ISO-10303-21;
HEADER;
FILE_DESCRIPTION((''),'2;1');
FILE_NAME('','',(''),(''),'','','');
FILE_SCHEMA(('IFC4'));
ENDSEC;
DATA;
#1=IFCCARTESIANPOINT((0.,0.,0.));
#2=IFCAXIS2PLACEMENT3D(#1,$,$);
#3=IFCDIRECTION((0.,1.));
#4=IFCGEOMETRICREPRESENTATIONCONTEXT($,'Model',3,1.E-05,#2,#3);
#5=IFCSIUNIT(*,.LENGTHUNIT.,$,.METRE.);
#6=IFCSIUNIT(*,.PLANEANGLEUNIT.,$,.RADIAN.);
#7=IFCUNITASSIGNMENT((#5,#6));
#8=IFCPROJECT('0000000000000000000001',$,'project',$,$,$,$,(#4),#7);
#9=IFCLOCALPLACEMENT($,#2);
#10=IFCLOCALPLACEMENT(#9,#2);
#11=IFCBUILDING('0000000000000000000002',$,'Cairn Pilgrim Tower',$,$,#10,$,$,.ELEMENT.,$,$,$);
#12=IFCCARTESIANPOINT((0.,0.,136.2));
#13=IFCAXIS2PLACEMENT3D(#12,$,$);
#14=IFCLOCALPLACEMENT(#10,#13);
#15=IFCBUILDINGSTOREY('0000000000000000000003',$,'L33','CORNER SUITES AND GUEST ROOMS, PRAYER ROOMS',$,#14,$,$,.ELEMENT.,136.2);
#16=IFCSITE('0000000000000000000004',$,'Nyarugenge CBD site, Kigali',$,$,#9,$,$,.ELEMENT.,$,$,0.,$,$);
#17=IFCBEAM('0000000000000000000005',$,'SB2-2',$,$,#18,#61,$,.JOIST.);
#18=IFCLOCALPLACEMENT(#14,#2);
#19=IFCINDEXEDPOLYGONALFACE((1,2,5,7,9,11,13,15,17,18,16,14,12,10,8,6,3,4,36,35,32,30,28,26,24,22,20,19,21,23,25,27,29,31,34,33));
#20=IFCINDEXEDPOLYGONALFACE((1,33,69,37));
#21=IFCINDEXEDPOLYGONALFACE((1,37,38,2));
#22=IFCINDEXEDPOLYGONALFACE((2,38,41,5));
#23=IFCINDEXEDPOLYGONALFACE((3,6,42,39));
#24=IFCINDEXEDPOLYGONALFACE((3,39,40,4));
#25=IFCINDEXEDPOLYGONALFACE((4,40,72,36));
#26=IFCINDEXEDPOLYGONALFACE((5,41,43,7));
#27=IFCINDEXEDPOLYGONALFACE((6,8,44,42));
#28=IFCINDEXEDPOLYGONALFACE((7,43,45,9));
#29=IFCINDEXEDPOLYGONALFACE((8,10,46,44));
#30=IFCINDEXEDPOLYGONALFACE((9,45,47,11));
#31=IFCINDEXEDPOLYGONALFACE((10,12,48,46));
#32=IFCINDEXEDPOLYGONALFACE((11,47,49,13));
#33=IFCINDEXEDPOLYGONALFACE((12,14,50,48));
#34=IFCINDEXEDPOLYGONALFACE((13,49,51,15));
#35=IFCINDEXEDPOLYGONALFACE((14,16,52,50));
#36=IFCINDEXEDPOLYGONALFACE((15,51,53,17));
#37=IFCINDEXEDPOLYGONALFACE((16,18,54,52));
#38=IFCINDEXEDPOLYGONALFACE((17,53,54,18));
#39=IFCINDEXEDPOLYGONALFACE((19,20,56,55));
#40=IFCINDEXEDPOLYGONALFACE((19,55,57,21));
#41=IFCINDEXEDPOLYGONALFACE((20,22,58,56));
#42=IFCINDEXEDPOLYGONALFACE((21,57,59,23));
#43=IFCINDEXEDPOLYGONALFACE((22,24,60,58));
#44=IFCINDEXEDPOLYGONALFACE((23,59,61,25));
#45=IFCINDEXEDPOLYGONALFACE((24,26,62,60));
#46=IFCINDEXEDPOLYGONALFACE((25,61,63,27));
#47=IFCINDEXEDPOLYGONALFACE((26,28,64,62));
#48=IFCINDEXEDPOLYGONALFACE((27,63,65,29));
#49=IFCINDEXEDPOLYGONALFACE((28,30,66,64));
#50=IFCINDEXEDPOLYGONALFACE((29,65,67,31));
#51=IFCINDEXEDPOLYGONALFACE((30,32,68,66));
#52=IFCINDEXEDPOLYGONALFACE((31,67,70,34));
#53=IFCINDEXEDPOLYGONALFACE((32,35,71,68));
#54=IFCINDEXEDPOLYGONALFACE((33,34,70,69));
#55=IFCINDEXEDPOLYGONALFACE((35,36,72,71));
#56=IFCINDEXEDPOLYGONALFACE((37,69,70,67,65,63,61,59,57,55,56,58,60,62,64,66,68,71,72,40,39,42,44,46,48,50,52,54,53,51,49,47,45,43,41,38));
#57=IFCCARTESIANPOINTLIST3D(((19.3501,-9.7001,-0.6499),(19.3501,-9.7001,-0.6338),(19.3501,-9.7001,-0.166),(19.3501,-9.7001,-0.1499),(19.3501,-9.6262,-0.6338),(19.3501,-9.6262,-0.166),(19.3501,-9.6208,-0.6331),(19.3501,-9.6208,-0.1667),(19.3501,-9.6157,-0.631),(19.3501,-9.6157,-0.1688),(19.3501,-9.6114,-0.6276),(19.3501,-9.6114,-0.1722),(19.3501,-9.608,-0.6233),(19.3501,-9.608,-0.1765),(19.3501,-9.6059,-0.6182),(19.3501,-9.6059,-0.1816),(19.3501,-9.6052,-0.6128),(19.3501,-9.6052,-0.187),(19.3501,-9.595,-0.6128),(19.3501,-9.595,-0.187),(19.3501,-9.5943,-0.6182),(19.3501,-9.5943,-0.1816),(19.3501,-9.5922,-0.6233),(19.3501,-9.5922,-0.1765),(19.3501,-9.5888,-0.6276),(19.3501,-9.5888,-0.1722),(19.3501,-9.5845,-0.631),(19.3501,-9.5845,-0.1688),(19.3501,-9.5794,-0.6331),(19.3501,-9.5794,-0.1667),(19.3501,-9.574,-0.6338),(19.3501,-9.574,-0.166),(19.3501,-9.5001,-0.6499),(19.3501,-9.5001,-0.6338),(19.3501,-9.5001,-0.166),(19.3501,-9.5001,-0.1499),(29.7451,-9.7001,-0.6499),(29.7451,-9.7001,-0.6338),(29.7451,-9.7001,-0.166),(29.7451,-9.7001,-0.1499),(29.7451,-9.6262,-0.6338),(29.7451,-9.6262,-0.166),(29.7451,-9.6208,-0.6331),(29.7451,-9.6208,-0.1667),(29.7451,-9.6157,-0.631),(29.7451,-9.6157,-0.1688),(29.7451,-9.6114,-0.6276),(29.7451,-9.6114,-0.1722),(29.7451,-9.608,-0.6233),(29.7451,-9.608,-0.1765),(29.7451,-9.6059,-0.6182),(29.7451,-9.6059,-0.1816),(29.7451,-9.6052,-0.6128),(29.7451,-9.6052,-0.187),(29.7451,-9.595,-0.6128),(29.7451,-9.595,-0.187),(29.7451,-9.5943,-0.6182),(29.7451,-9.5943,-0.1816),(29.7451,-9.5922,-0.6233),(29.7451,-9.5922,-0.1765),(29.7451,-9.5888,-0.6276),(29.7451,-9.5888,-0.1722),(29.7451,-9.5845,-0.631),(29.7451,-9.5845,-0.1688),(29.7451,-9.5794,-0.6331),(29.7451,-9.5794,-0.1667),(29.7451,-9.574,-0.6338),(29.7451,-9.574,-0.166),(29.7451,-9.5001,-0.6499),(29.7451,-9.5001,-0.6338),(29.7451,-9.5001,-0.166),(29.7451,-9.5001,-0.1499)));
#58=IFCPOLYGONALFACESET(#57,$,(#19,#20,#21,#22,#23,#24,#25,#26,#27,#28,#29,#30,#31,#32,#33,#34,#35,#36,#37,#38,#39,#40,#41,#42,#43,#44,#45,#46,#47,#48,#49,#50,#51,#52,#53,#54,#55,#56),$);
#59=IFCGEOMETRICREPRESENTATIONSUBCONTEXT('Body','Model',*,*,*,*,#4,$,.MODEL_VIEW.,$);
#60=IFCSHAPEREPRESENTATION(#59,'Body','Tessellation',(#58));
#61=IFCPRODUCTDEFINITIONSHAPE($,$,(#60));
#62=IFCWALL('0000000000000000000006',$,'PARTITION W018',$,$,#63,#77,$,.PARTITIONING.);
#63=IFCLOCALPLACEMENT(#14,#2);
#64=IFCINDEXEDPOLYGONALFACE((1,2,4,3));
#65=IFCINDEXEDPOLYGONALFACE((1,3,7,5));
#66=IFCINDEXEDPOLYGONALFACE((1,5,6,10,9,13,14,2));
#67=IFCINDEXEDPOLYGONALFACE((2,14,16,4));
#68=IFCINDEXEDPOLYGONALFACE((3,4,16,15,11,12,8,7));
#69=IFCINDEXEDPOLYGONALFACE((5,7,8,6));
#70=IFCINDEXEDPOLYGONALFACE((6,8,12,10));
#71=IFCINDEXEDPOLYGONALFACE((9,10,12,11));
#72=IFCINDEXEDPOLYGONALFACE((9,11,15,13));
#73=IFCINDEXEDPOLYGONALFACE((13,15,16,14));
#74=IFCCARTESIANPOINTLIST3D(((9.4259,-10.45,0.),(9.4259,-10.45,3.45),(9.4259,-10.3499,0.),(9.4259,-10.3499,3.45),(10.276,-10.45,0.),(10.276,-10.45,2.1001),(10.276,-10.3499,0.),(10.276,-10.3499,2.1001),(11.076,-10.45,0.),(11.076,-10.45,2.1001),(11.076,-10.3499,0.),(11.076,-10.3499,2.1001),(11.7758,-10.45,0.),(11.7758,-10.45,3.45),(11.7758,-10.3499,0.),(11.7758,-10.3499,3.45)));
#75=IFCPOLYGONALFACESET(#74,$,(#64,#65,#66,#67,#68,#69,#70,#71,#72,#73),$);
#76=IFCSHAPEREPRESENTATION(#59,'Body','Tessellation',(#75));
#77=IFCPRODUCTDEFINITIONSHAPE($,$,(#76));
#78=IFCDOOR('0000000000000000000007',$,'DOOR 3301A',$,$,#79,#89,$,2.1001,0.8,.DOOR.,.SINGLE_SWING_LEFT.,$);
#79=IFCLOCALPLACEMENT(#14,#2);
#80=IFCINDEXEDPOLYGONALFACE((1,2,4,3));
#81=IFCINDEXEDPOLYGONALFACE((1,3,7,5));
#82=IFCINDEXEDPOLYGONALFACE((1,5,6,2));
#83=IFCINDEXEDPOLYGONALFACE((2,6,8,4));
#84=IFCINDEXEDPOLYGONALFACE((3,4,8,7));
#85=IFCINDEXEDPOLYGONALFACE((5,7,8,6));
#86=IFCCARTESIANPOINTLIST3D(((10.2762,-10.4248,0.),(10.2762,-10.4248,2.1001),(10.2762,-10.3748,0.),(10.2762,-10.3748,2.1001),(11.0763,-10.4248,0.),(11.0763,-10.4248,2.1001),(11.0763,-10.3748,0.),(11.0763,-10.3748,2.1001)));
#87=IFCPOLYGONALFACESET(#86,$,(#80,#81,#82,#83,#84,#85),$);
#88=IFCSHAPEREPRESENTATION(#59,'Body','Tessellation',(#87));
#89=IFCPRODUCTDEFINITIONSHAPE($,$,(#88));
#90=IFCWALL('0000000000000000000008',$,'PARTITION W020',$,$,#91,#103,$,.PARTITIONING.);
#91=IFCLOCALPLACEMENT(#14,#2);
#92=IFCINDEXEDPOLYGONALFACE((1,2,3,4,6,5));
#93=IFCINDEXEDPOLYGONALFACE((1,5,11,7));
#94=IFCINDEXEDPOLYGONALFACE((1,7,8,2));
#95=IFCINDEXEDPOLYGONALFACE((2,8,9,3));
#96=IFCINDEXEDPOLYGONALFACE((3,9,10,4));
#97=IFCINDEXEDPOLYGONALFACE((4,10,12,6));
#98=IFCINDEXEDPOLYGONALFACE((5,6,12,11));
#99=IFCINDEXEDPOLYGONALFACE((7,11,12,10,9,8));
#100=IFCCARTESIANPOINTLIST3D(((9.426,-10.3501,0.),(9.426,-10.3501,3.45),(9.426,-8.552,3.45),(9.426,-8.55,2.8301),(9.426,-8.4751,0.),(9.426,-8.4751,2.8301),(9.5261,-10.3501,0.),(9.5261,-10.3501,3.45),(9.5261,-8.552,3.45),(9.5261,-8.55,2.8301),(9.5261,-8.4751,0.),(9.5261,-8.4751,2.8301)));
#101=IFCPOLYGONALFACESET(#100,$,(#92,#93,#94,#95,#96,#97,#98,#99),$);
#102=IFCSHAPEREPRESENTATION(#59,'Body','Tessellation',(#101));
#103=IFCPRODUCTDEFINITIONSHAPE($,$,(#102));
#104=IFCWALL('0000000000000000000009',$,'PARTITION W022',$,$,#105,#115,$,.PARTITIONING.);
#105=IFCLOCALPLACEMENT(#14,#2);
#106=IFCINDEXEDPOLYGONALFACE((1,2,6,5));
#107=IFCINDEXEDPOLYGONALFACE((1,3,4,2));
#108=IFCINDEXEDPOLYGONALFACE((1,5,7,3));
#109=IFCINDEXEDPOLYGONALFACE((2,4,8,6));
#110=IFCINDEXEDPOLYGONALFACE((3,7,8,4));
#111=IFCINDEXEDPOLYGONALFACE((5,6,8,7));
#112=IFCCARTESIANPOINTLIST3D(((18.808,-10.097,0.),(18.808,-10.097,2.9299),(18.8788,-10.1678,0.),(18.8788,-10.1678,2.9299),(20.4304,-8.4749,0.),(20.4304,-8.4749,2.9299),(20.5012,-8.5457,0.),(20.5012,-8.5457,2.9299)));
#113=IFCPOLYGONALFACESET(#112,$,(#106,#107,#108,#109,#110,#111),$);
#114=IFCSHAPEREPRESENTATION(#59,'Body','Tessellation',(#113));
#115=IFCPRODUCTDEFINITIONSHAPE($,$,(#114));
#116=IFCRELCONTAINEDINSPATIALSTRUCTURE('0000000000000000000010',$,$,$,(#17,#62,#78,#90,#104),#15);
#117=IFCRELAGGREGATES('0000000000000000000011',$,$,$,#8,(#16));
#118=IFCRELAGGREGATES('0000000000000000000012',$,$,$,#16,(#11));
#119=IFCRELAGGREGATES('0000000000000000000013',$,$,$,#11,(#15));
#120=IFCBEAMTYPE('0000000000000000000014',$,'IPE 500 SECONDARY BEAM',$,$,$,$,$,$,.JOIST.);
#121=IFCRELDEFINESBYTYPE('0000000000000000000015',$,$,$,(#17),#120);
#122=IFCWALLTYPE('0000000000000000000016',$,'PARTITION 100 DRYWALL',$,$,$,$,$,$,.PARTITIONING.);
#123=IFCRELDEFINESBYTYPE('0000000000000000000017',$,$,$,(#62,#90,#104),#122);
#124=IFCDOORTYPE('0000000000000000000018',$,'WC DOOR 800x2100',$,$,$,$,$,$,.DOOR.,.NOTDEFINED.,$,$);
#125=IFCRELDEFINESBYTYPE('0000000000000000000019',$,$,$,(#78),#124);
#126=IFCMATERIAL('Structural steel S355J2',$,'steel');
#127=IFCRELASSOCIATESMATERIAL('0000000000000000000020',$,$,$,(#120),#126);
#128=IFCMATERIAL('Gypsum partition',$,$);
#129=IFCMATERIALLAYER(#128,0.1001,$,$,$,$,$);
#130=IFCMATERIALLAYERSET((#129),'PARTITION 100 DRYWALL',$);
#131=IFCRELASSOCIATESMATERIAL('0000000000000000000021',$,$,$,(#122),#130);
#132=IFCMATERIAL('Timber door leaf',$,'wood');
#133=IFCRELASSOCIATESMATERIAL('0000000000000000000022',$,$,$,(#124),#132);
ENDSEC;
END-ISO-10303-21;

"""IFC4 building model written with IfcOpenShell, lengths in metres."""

from ifc_helpers import new_model, si_unit, direction, frame, frame_2d, origin, origin_2d, place, context, subcontext, project, spatial, polyline, rectangle, i_section, outline, extrude, material, layer, layer_set, material_profile, profile_set, type_object, element, fill, save


model = new_model("IFC4")

# Units and contexts
model_context = context("Model", 3, precision=1e-05, world=origin(), true_north=direction((0.0, 1.0)))
body_context = subcontext(model_context, "Body", "Model", "MODEL_VIEW")
ifc_project = project(units=[si_unit("LENGTHUNIT", "METRE"), si_unit("PLANEANGLEUNIT", "RADIAN")], contexts=[model_context])

# Site, building, storey
site_placement = place(None, origin())
site = spatial("IfcSite", under=ifc_project, at=site_placement, Name="Nyarugenge CBD site, Kigali", CompositionType="ELEMENT", RefElevation=0.0)
building_placement = place(site_placement, origin())
building = spatial("IfcBuilding", under=site, at=building_placement, Name="Cairn Pilgrim Tower", CompositionType="ELEMENT")
storey_placement = place(building_placement, frame((0.0, 0.0, 136.2)))
storey = spatial("IfcBuildingStorey", under=building, at=storey_placement, Name="L33", Description="CORNER SUITES AND GUEST ROOMS, PRAYER ROOMS", CompositionType="ELEMENT", Elevation=136.2)

# Beam
ifc_material_1 = material(Name="Structural steel S355J2", Category="steel")
ifc_material_profile_1 = material_profile(ifc_material_1, i_section(OverallWidth=0.2, OverallDepth=0.5, WebThickness=0.0103, FlangeThickness=0.0161, FilletRadius=0.021, at=origin_2d()), Name="IPE 500")
ifc_profile_set_1 = profile_set([ifc_material_profile_1], Name="Structural steel S355J2")
beam_type_1 = type_object("IfcBeamType", Name="IPE 500 SECONDARY BEAM", PredefinedType="JOIST", material=ifc_profile_set_1)
beam_1_placement = place(storey_placement, frame((19.3501, -9.6001, -0.3999), z_axis=(1.0, 0.0, 0.0), x_axis=(0.0, 1.0, 0.0)))
element("IfcBeam", 1, at=beam_1_placement, inside=storey, type_object=beam_type_1, Name="SB2-2", PredefinedType="JOIST", context=body_context, shape_type="SweptSolid", body=[
    extrude(i_section(OverallWidth=0.2, OverallDepth=0.5, WebThickness=0.0103, FlangeThickness=0.0161, FilletRadius=0.021, at=origin_2d()), origin(), (0.0, 0.0, 1.0), 10.395),
])

# Wall, opening, door
ifc_material_2 = material(Name="Gypsum partition")
ifc_layer_1 = layer(ifc_material_2, 0.1001)
ifc_layer_set_1 = layer_set([ifc_layer_1], Name="PARTITION 100 DRYWALL")
wall_type_1 = type_object("IfcWallType", Name="PARTITION 100 DRYWALL", PredefinedType="PARTITIONING", material=ifc_layer_set_1)
wall_1_placement = place(storey_placement, frame((9.426, -10.3999, 0.0), z_axis=(0.0, 0.0, 1.0), x_axis=(1.0, 0.0, 0.0)))
wall_1 = element("IfcWall", 2, at=wall_1_placement, inside=storey, type_object=wall_type_1, Name="PARTITION W018", PredefinedType="PARTITIONING", context=body_context, shape_type="SweptSolid", body=[
    extrude(rectangle(XDim=2.3499, YDim=0.1001, at=frame_2d((1.1748, 0.0))), origin(), (0.0, 0.0, 1.0), 3.45),
])
opening_1_placement = place(wall_1_placement, frame((0.8501, 0.0, 0.0)))
opening_1 = element("IfcOpeningElement", 3, at=opening_1_placement, cuts=wall_1, PredefinedType="OPENING", context=body_context, shape_type="SweptSolid", body=[
    extrude(rectangle(XDim=0.8, YDim=2.1001, at=frame_2d((0.3999, 1.05))), frame((0.0, 0.0601, 0.0), z_axis=(0.0, -1.0, 0.0), x_axis=(1.0, 0.0, 0.0)), (0.0, 0.0, 1.0), 0.1201),
])
ifc_material_3 = material(Name="Timber door leaf", Category="wood")
door_type_1 = type_object("IfcDoorType", Name="WC DOOR 800x2100", OperationType="NOTDEFINED", PredefinedType="DOOR", material=ifc_material_3)
door_1_placement = place(opening_1_placement, frame((0.8, 0.0, 0.0), z_axis=(0.0, 0.0, 1.0), x_axis=(-1.0, 0.0, 0.0)))
door_1 = element("IfcDoor", 4, at=door_1_placement, inside=storey, type_object=door_type_1, Name="DOOR 3301A", OperationType="SINGLE_SWING_LEFT", OverallHeight=2.1001, OverallWidth=0.8, PredefinedType="DOOR", context=body_context, shape_type="SweptSolid", body=[
    extrude(rectangle(XDim=0.8, YDim=2.1001, at=frame_2d((0.3999, 1.05))), frame((0.0, 0.0249, 0.0), z_axis=(0.0, -1.0, 0.0), x_axis=(1.0, 0.0, 0.0)), (0.0, 0.0, 1.0), 0.05),
])
fill(opening_1, door_1)

# Walls
wall_2_placement = place(storey_placement, frame((9.4761, -10.3501, 0.0), z_axis=(0.0, 0.0, 1.0), x_axis=(0.0, 1.0, 0.0)))
element("IfcWall", 5, at=wall_2_placement, inside=storey, type_object=wall_type_1, Name="PARTITION W020", PredefinedType="PARTITIONING", context=body_context, shape_type="SweptSolid", body=[
    extrude(outline(polyline([(0.0, 0.0), (1.875, 0.0), (1.875, 2.8301), (1.8, 2.8301), (1.7981, 3.45), (0.0, 3.45), (0.0, 0.0)])), frame((0.0, 0.05, 0.0), z_axis=(0.0, -1.0, 0.0), x_axis=(1.0, 0.0, 0.0)), (0.0, 0.0, 1.0), 0.1001),
])
wall_3_placement = place(storey_placement, frame((18.8435, -10.1323, 0.0), z_axis=(0.0, 0.0, 1.0), x_axis=(0.70716, 0.707054, 0.0)))
element("IfcWall", 6, at=wall_3_placement, inside=storey, type_object=wall_type_1, Name="PARTITION W022", PredefinedType="PARTITIONING", context=body_context, shape_type="SweptSolid", body=[
    extrude(rectangle(XDim=2.2942, YDim=0.1001, at=frame_2d((1.147, 0.0))), origin(), (0.0, 0.0, 1.0), 2.9299),
])

save(model, "model.ifc")
